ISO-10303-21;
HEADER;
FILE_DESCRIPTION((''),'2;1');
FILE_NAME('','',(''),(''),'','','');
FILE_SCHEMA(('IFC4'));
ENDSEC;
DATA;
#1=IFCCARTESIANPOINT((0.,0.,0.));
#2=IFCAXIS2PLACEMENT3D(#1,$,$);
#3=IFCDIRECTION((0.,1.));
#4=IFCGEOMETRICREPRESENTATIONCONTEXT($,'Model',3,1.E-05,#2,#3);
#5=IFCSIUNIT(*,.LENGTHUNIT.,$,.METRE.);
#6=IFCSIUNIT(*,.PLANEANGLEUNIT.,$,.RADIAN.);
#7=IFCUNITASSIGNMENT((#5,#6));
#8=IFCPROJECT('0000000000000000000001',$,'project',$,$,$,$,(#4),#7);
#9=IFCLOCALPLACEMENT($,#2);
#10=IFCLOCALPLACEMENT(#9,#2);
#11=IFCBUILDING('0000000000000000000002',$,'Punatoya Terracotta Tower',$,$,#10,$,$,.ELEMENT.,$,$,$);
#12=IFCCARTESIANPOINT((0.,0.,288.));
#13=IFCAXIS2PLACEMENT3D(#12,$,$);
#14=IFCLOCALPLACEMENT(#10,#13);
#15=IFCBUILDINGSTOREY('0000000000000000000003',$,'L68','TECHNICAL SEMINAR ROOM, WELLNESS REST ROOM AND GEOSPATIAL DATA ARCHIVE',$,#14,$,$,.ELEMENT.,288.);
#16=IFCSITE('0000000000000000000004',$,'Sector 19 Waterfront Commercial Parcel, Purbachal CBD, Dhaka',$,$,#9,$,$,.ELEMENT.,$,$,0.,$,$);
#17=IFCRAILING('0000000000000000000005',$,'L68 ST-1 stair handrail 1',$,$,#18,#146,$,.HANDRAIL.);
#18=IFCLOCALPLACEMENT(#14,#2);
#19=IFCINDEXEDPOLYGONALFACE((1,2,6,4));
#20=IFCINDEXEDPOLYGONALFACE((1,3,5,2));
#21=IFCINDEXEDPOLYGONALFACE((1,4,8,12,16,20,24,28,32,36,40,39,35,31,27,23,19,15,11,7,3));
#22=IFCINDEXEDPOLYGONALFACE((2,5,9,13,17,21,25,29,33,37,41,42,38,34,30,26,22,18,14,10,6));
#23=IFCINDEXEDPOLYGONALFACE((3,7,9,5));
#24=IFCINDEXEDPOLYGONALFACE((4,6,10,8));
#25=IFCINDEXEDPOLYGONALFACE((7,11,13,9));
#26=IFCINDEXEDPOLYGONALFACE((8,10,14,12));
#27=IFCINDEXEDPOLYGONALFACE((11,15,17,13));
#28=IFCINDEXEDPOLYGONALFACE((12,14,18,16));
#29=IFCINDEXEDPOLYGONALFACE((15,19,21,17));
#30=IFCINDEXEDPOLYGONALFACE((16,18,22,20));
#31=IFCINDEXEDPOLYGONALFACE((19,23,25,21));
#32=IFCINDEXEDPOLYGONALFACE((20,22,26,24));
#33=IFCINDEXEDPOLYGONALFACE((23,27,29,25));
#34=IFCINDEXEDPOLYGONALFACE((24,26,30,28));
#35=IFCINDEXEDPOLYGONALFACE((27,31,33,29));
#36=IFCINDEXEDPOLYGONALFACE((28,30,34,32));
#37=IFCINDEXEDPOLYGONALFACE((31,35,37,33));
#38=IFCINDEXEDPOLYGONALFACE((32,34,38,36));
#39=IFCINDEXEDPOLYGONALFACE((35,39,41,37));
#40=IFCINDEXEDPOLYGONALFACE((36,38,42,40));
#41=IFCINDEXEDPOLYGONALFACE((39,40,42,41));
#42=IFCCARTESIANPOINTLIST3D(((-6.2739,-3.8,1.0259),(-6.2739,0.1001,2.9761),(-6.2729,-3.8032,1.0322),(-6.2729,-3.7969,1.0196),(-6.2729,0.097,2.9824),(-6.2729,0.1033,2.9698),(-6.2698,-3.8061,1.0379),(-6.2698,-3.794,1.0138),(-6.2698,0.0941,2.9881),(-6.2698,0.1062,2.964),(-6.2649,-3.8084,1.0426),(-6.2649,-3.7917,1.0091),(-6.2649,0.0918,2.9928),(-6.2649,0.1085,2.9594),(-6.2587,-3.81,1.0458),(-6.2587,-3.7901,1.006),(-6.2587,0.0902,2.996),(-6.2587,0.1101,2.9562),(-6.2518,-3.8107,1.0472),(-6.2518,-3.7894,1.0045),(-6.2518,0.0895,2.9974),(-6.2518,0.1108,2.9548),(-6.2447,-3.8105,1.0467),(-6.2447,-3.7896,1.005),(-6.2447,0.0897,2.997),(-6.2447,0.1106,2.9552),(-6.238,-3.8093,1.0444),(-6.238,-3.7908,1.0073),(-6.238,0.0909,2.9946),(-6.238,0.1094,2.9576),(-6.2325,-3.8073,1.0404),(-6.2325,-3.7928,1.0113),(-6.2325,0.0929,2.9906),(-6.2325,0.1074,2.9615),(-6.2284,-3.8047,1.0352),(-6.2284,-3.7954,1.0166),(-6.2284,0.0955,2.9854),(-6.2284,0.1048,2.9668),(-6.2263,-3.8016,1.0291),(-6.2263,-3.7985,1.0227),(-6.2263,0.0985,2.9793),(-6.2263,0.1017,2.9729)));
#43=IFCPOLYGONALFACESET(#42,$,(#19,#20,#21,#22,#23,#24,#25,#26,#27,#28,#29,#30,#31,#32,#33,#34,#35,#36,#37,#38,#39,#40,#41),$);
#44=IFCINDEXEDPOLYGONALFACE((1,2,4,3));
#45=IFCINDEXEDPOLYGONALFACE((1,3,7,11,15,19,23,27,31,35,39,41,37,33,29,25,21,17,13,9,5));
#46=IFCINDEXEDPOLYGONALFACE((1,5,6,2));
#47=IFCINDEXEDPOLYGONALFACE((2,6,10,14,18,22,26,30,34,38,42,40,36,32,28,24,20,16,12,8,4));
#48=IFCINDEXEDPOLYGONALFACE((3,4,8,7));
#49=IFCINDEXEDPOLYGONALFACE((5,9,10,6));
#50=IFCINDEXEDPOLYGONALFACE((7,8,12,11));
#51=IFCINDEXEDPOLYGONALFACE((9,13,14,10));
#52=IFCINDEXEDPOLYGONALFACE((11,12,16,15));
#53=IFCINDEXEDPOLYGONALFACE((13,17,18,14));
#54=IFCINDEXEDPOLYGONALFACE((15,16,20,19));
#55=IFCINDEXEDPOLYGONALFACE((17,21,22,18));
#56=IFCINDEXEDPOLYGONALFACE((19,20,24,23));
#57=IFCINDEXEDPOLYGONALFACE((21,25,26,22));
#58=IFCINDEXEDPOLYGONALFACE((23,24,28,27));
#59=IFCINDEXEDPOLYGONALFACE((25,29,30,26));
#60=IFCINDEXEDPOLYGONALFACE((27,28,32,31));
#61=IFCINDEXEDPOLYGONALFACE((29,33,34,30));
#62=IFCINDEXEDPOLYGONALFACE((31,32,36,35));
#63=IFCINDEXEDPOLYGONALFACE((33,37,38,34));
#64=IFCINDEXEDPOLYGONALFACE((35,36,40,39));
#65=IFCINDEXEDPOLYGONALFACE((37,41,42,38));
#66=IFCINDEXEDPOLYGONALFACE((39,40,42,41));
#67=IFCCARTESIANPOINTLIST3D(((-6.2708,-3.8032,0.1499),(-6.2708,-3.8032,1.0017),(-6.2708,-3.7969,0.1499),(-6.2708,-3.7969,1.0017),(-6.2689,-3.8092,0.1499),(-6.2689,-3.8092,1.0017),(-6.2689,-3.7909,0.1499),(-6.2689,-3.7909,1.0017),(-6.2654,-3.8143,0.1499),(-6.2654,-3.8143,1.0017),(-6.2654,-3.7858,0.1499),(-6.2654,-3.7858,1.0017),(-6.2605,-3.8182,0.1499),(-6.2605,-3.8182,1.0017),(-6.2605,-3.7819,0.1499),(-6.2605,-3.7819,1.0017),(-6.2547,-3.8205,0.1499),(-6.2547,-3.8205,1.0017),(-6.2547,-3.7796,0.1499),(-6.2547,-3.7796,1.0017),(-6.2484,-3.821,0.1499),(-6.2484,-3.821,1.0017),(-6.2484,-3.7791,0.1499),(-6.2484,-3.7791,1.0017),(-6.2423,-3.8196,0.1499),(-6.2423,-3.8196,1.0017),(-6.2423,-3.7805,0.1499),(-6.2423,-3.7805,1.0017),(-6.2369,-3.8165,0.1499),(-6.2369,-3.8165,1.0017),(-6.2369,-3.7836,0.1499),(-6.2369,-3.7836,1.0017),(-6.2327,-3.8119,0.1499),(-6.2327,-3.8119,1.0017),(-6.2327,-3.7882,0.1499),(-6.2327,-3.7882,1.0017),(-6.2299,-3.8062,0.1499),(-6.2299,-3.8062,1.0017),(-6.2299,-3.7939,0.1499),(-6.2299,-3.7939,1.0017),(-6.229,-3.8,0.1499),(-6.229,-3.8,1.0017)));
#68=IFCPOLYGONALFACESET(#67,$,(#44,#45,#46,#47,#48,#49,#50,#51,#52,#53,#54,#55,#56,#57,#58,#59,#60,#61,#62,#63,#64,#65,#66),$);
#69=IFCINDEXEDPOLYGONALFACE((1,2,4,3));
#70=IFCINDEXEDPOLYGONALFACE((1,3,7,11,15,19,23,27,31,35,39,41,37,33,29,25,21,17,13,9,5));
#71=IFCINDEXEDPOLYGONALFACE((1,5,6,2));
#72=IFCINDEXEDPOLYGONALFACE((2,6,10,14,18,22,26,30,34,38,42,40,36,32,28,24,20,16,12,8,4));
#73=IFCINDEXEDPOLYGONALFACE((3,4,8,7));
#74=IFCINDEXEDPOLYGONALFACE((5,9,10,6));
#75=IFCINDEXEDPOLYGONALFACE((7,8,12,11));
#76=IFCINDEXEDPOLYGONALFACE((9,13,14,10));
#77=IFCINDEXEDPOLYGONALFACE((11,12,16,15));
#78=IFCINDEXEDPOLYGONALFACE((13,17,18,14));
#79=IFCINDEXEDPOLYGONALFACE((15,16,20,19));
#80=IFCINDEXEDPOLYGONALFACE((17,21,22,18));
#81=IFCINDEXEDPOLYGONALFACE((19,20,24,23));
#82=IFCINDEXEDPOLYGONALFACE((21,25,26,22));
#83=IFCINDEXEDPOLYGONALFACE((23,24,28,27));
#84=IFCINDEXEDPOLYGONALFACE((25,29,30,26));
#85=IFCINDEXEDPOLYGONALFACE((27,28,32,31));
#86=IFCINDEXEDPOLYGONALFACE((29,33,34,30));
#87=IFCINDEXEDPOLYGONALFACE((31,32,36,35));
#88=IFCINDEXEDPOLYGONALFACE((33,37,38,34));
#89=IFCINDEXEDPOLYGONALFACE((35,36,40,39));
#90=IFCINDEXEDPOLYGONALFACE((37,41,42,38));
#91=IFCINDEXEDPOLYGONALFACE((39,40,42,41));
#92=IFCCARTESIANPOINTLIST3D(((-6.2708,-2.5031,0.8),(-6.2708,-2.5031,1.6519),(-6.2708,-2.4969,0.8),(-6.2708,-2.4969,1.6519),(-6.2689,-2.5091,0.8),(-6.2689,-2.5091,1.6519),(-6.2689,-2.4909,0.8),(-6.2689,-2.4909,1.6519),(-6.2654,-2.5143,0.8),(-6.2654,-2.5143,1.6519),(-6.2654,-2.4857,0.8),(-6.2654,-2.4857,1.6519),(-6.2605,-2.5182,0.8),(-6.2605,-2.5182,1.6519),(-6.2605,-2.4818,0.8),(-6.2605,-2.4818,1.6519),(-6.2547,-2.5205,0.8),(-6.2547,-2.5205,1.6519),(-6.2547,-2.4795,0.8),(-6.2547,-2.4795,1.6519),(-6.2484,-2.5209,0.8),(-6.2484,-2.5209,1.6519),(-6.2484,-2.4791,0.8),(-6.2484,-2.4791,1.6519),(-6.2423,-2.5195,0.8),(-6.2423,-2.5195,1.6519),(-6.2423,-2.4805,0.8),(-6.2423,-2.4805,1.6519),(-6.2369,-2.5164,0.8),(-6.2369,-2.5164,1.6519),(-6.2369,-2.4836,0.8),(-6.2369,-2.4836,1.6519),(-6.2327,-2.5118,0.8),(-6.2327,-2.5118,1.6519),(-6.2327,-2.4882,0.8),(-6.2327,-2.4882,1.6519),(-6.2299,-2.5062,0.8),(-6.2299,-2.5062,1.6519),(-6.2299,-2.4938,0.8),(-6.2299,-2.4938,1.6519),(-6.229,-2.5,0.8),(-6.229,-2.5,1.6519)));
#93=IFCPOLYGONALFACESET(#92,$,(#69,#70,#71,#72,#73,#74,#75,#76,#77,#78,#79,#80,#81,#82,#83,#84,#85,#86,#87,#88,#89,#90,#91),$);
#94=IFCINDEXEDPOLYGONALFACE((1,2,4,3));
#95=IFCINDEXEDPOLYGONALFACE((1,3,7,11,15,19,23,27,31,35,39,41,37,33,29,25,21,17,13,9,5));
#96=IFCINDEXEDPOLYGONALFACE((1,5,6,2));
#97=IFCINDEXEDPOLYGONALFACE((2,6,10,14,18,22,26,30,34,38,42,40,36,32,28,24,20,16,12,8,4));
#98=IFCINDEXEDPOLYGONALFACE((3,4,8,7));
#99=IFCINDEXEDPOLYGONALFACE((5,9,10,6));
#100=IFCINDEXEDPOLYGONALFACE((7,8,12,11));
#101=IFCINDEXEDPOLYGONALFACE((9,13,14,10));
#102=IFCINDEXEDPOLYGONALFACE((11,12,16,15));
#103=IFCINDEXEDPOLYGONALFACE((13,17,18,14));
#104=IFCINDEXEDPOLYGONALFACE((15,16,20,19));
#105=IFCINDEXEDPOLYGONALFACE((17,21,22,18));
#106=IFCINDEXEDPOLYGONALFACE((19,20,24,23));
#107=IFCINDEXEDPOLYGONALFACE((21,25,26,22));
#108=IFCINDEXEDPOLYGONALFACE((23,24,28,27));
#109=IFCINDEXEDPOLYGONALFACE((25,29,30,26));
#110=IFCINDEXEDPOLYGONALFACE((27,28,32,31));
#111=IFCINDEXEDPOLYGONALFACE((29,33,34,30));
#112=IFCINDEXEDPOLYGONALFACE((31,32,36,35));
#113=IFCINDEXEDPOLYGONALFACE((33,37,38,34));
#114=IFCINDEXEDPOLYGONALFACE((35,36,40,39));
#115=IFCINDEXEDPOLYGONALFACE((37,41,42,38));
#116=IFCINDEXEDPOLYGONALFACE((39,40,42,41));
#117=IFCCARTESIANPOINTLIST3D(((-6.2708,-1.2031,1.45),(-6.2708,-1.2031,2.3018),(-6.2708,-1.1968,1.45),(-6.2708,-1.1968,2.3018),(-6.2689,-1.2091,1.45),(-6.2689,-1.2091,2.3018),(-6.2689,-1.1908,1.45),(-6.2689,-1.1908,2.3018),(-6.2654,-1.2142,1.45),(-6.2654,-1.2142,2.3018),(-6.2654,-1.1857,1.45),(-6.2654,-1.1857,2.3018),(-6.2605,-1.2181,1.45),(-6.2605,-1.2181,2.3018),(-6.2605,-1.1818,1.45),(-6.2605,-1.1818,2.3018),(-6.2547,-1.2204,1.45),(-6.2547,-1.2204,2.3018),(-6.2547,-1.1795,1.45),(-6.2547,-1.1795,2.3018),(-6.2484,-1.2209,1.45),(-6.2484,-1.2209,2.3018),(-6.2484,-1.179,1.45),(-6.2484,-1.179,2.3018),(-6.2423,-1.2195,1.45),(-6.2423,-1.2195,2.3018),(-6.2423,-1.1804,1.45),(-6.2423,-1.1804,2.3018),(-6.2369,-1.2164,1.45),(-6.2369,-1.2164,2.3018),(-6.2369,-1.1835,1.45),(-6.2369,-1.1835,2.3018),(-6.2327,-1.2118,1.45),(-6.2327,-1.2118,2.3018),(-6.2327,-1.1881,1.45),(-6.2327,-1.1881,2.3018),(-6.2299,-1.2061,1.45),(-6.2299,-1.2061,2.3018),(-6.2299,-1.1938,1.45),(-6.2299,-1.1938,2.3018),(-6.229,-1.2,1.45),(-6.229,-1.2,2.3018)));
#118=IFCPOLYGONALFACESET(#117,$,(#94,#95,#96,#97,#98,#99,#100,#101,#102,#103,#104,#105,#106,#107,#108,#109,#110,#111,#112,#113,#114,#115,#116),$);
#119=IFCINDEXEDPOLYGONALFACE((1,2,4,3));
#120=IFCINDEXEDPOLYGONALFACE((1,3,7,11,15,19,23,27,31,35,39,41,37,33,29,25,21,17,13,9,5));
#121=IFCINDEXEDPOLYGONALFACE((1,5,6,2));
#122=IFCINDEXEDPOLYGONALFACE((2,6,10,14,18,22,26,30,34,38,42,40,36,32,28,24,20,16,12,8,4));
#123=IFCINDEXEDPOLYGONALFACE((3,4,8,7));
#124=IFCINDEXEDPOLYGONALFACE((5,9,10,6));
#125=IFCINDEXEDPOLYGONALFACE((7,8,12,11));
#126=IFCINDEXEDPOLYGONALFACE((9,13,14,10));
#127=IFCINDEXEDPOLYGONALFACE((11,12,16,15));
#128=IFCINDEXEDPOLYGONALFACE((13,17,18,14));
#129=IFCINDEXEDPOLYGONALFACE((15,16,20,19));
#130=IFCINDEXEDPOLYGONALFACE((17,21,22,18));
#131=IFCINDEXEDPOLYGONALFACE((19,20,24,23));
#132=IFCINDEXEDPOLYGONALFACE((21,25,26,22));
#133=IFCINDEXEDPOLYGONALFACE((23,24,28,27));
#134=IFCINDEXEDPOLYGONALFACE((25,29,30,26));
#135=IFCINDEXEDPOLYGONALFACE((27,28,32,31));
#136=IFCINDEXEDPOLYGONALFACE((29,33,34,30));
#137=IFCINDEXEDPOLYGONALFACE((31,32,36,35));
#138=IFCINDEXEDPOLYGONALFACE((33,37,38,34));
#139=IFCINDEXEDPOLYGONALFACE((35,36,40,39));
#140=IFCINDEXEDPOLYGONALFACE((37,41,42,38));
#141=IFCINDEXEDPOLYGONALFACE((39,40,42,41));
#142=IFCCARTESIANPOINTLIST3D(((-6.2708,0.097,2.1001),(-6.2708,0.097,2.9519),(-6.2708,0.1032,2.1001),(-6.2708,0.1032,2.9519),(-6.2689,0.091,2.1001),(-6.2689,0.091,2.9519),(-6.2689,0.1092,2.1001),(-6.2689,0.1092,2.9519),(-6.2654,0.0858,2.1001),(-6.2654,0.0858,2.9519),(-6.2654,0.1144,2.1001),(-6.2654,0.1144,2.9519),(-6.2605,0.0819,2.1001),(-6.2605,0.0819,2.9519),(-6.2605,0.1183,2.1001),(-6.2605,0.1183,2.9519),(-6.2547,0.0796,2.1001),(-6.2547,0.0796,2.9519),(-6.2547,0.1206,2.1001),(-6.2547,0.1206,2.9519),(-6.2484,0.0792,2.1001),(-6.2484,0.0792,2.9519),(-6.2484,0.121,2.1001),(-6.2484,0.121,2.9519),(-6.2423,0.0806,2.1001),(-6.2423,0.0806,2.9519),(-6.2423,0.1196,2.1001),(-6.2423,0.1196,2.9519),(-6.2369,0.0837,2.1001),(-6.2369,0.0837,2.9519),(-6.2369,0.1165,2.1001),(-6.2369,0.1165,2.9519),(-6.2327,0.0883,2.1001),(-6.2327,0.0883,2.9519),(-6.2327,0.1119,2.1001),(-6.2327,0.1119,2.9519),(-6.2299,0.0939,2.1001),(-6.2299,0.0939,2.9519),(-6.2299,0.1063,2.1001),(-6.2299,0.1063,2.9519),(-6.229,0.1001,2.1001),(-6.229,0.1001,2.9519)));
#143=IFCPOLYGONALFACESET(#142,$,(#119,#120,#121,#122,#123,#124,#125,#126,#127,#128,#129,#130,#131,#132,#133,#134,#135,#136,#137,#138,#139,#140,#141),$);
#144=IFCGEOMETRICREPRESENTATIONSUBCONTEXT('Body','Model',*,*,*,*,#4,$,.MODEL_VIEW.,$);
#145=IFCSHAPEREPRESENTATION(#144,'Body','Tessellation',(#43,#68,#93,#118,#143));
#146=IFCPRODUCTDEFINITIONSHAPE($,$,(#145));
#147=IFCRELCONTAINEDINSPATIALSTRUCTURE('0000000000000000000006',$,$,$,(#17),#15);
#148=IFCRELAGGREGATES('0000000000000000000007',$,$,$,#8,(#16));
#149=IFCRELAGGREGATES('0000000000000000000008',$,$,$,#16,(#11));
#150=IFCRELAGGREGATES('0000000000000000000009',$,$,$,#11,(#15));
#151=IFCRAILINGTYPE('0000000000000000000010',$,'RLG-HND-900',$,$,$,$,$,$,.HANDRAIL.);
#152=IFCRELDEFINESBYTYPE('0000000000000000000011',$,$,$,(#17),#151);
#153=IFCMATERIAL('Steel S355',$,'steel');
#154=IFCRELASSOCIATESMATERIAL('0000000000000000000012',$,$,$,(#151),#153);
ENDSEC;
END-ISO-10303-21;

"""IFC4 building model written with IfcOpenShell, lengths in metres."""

from ifc_helpers import new_model, si_unit, direction, frame, origin, origin_2d, place, context, subcontext, project, spatial, circle, extrude, material, type_object, element, save


model = new_model("IFC4")

# Units and contexts
model_context = context("Model", 3, precision=1e-05, world=origin(), true_north=direction((0.0, 1.0)))
body_context = subcontext(model_context, "Body", "Model", "MODEL_VIEW")
ifc_project = project(units=[si_unit("LENGTHUNIT", "METRE"), si_unit("PLANEANGLEUNIT", "RADIAN")], contexts=[model_context])

# Site, building, storey
site_placement = place(None, origin())
site = spatial("IfcSite", under=ifc_project, at=site_placement, Name="Sector 19 Waterfront Commercial Parcel, Purbachal CBD, Dhaka", CompositionType="ELEMENT", RefElevation=0.0)
building_placement = place(site_placement, origin())
building = spatial("IfcBuilding", under=site, at=building_placement, Name="Punatoya Terracotta Tower", CompositionType="ELEMENT")
storey_placement = place(building_placement, frame((0.0, 0.0, 288.0)))
storey = spatial("IfcBuildingStorey", under=building, at=storey_placement, Name="L68", Description="TECHNICAL SEMINAR ROOM, WELLNESS REST ROOM AND GEOSPATIAL DATA ARCHIVE", CompositionType="ELEMENT", Elevation=288.0)

# Shared definitions
ifc_material_1 = material(Name="Steel S355", Category="steel")

# Railing
railing_type_1 = type_object("IfcRailingType", Name="RLG-HND-900", PredefinedType="HANDRAIL", material=ifc_material_1)
railing_1_placement = place(storey_placement, frame((-6.25, -3.8, 0.1499)))
element("IfcRailing", 1, at=railing_1_placement, inside=storey, type_object=railing_type_1, Name="L68 ST-1 stair handrail 1", PredefinedType="HANDRAIL", context=body_context, shape_type="SweptSolid", body=[
    extrude(circle(Radius=0.0239, at=origin_2d()), frame((0.0, 0.0, 0.876), z_axis=(0.0, 0.894416, 0.447236), x_axis=(-1.0, 0.0, 0.0)), (0.0, 0.0, 1.0), 4.3606),
    extrude(circle(Radius=0.021, at=origin_2d()), origin(), (0.0, 0.0, 1.0), 0.8518),
    extrude(circle(Radius=0.021, at=origin_2d()), frame((0.0, 1.3, 0.6501)), (0.0, 0.0, 1.0), 0.8518),
    extrude(circle(Radius=0.021, at=origin_2d()), frame((0.0, 2.6001, 1.3)), (0.0, 0.0, 1.0), 0.8518),
    extrude(circle(Radius=0.021, at=origin_2d()), frame((0.0, 3.9001, 1.9502)), (0.0, 0.0, 1.0), 0.8518),
])

save(model, "model.ifc")
